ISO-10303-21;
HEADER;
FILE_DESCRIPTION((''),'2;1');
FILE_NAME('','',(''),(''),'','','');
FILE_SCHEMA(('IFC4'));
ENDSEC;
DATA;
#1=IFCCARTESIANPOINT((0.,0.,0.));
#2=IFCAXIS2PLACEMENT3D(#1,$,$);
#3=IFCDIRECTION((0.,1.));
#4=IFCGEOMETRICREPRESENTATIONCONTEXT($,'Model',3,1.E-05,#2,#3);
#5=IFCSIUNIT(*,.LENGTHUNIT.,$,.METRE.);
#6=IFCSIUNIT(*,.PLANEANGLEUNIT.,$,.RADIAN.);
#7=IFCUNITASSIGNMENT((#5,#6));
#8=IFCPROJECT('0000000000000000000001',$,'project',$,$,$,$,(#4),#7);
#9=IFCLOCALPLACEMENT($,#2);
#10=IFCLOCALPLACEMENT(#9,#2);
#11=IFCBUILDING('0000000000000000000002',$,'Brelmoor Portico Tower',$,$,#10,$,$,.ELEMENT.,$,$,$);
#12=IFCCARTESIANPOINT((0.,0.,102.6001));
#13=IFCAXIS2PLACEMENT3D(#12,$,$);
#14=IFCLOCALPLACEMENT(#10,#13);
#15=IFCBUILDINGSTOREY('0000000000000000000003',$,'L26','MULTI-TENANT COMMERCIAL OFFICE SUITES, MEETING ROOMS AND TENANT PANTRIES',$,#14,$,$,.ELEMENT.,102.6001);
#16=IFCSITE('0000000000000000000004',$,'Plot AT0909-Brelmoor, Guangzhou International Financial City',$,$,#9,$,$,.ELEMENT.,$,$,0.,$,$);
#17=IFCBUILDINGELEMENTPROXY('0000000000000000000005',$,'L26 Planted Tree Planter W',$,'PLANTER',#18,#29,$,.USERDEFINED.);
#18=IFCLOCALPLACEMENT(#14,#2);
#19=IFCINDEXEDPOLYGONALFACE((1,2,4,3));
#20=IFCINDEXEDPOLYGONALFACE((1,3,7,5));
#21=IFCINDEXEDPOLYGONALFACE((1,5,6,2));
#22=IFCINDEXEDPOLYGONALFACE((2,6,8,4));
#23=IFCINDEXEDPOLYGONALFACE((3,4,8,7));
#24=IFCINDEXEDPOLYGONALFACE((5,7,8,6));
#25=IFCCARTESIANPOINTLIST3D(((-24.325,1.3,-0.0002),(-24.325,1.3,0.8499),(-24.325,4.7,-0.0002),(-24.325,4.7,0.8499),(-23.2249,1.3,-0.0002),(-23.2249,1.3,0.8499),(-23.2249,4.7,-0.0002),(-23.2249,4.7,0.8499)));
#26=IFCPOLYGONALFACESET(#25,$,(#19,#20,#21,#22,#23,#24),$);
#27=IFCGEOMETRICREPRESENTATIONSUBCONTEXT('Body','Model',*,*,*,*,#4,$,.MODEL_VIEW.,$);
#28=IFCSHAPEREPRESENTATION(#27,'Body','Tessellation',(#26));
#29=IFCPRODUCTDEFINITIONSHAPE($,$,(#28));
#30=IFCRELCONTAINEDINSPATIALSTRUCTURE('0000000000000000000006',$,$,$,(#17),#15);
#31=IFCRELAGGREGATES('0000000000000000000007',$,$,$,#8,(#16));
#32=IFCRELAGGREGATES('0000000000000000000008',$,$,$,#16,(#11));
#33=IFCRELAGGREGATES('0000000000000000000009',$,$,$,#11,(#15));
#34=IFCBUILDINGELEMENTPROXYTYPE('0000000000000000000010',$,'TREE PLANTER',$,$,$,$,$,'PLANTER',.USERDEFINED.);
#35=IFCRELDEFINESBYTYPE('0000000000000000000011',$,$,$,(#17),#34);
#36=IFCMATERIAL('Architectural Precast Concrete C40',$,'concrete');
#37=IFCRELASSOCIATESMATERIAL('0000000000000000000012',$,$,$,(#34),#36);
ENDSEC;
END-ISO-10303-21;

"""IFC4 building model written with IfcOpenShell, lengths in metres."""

from ifc_helpers import new_model, si_unit, direction, frame, origin, origin_2d, place, context, subcontext, project, spatial, rectangle, extrude, material, type_object, element, save


model = new_model("IFC4")

# Units and contexts
model_context = context("Model", 3, precision=1e-05, world=origin(), true_north=direction((0.0, 1.0)))
body_context = subcontext(model_context, "Body", "Model", "MODEL_VIEW")
ifc_project = project(units=[si_unit("LENGTHUNIT", "METRE"), si_unit("PLANEANGLEUNIT", "RADIAN")], contexts=[model_context])

# Site, building, storey
site_placement = place(None, origin())
site = spatial("IfcSite", under=ifc_project, at=site_placement, Name="Plot AT0909-Brelmoor, Guangzhou International Financial City", CompositionType="ELEMENT", RefElevation=0.0)
building_placement = place(site_placement, origin())
building = spatial("IfcBuilding", under=site, at=building_placement, Name="Brelmoor Portico Tower", CompositionType="ELEMENT")
storey_placement = place(building_placement, frame((0.0, 0.0, 102.6001)))
storey = spatial("IfcBuildingStorey", under=building, at=storey_placement, Name="L26", Description="MULTI-TENANT COMMERCIAL OFFICE SUITES, MEETING ROOMS AND TENANT PANTRIES", CompositionType="ELEMENT", Elevation=102.6001)

# Building element proxy
ifc_material_1 = material(Name="Architectural Precast Concrete C40", Category="concrete")
building_element_proxy_type_1 = type_object("IfcBuildingElementProxyType", Name="TREE PLANTER", ElementType="PLANTER", PredefinedType="USERDEFINED", material=ifc_material_1)
proxy_1_placement = place(storey_placement, frame((-23.7749, 3.0, -0.0002), z_axis=(0.0, 0.0, 1.0), x_axis=(0.0, 1.0, 0.0)))
element("IfcBuildingElementProxy", 1, at=proxy_1_placement, inside=storey, type_object=building_element_proxy_type_1, Name="L26 Planted Tree Planter W", ObjectType="PLANTER", PredefinedType="USERDEFINED", context=body_context, shape_type="SweptSolid", body=[
    extrude(rectangle(XDim=3.3999, YDim=1.1001, at=origin_2d()), origin(), (0.0, 0.0, 1.0), 0.8501),
])

save(model, "model.ifc")
